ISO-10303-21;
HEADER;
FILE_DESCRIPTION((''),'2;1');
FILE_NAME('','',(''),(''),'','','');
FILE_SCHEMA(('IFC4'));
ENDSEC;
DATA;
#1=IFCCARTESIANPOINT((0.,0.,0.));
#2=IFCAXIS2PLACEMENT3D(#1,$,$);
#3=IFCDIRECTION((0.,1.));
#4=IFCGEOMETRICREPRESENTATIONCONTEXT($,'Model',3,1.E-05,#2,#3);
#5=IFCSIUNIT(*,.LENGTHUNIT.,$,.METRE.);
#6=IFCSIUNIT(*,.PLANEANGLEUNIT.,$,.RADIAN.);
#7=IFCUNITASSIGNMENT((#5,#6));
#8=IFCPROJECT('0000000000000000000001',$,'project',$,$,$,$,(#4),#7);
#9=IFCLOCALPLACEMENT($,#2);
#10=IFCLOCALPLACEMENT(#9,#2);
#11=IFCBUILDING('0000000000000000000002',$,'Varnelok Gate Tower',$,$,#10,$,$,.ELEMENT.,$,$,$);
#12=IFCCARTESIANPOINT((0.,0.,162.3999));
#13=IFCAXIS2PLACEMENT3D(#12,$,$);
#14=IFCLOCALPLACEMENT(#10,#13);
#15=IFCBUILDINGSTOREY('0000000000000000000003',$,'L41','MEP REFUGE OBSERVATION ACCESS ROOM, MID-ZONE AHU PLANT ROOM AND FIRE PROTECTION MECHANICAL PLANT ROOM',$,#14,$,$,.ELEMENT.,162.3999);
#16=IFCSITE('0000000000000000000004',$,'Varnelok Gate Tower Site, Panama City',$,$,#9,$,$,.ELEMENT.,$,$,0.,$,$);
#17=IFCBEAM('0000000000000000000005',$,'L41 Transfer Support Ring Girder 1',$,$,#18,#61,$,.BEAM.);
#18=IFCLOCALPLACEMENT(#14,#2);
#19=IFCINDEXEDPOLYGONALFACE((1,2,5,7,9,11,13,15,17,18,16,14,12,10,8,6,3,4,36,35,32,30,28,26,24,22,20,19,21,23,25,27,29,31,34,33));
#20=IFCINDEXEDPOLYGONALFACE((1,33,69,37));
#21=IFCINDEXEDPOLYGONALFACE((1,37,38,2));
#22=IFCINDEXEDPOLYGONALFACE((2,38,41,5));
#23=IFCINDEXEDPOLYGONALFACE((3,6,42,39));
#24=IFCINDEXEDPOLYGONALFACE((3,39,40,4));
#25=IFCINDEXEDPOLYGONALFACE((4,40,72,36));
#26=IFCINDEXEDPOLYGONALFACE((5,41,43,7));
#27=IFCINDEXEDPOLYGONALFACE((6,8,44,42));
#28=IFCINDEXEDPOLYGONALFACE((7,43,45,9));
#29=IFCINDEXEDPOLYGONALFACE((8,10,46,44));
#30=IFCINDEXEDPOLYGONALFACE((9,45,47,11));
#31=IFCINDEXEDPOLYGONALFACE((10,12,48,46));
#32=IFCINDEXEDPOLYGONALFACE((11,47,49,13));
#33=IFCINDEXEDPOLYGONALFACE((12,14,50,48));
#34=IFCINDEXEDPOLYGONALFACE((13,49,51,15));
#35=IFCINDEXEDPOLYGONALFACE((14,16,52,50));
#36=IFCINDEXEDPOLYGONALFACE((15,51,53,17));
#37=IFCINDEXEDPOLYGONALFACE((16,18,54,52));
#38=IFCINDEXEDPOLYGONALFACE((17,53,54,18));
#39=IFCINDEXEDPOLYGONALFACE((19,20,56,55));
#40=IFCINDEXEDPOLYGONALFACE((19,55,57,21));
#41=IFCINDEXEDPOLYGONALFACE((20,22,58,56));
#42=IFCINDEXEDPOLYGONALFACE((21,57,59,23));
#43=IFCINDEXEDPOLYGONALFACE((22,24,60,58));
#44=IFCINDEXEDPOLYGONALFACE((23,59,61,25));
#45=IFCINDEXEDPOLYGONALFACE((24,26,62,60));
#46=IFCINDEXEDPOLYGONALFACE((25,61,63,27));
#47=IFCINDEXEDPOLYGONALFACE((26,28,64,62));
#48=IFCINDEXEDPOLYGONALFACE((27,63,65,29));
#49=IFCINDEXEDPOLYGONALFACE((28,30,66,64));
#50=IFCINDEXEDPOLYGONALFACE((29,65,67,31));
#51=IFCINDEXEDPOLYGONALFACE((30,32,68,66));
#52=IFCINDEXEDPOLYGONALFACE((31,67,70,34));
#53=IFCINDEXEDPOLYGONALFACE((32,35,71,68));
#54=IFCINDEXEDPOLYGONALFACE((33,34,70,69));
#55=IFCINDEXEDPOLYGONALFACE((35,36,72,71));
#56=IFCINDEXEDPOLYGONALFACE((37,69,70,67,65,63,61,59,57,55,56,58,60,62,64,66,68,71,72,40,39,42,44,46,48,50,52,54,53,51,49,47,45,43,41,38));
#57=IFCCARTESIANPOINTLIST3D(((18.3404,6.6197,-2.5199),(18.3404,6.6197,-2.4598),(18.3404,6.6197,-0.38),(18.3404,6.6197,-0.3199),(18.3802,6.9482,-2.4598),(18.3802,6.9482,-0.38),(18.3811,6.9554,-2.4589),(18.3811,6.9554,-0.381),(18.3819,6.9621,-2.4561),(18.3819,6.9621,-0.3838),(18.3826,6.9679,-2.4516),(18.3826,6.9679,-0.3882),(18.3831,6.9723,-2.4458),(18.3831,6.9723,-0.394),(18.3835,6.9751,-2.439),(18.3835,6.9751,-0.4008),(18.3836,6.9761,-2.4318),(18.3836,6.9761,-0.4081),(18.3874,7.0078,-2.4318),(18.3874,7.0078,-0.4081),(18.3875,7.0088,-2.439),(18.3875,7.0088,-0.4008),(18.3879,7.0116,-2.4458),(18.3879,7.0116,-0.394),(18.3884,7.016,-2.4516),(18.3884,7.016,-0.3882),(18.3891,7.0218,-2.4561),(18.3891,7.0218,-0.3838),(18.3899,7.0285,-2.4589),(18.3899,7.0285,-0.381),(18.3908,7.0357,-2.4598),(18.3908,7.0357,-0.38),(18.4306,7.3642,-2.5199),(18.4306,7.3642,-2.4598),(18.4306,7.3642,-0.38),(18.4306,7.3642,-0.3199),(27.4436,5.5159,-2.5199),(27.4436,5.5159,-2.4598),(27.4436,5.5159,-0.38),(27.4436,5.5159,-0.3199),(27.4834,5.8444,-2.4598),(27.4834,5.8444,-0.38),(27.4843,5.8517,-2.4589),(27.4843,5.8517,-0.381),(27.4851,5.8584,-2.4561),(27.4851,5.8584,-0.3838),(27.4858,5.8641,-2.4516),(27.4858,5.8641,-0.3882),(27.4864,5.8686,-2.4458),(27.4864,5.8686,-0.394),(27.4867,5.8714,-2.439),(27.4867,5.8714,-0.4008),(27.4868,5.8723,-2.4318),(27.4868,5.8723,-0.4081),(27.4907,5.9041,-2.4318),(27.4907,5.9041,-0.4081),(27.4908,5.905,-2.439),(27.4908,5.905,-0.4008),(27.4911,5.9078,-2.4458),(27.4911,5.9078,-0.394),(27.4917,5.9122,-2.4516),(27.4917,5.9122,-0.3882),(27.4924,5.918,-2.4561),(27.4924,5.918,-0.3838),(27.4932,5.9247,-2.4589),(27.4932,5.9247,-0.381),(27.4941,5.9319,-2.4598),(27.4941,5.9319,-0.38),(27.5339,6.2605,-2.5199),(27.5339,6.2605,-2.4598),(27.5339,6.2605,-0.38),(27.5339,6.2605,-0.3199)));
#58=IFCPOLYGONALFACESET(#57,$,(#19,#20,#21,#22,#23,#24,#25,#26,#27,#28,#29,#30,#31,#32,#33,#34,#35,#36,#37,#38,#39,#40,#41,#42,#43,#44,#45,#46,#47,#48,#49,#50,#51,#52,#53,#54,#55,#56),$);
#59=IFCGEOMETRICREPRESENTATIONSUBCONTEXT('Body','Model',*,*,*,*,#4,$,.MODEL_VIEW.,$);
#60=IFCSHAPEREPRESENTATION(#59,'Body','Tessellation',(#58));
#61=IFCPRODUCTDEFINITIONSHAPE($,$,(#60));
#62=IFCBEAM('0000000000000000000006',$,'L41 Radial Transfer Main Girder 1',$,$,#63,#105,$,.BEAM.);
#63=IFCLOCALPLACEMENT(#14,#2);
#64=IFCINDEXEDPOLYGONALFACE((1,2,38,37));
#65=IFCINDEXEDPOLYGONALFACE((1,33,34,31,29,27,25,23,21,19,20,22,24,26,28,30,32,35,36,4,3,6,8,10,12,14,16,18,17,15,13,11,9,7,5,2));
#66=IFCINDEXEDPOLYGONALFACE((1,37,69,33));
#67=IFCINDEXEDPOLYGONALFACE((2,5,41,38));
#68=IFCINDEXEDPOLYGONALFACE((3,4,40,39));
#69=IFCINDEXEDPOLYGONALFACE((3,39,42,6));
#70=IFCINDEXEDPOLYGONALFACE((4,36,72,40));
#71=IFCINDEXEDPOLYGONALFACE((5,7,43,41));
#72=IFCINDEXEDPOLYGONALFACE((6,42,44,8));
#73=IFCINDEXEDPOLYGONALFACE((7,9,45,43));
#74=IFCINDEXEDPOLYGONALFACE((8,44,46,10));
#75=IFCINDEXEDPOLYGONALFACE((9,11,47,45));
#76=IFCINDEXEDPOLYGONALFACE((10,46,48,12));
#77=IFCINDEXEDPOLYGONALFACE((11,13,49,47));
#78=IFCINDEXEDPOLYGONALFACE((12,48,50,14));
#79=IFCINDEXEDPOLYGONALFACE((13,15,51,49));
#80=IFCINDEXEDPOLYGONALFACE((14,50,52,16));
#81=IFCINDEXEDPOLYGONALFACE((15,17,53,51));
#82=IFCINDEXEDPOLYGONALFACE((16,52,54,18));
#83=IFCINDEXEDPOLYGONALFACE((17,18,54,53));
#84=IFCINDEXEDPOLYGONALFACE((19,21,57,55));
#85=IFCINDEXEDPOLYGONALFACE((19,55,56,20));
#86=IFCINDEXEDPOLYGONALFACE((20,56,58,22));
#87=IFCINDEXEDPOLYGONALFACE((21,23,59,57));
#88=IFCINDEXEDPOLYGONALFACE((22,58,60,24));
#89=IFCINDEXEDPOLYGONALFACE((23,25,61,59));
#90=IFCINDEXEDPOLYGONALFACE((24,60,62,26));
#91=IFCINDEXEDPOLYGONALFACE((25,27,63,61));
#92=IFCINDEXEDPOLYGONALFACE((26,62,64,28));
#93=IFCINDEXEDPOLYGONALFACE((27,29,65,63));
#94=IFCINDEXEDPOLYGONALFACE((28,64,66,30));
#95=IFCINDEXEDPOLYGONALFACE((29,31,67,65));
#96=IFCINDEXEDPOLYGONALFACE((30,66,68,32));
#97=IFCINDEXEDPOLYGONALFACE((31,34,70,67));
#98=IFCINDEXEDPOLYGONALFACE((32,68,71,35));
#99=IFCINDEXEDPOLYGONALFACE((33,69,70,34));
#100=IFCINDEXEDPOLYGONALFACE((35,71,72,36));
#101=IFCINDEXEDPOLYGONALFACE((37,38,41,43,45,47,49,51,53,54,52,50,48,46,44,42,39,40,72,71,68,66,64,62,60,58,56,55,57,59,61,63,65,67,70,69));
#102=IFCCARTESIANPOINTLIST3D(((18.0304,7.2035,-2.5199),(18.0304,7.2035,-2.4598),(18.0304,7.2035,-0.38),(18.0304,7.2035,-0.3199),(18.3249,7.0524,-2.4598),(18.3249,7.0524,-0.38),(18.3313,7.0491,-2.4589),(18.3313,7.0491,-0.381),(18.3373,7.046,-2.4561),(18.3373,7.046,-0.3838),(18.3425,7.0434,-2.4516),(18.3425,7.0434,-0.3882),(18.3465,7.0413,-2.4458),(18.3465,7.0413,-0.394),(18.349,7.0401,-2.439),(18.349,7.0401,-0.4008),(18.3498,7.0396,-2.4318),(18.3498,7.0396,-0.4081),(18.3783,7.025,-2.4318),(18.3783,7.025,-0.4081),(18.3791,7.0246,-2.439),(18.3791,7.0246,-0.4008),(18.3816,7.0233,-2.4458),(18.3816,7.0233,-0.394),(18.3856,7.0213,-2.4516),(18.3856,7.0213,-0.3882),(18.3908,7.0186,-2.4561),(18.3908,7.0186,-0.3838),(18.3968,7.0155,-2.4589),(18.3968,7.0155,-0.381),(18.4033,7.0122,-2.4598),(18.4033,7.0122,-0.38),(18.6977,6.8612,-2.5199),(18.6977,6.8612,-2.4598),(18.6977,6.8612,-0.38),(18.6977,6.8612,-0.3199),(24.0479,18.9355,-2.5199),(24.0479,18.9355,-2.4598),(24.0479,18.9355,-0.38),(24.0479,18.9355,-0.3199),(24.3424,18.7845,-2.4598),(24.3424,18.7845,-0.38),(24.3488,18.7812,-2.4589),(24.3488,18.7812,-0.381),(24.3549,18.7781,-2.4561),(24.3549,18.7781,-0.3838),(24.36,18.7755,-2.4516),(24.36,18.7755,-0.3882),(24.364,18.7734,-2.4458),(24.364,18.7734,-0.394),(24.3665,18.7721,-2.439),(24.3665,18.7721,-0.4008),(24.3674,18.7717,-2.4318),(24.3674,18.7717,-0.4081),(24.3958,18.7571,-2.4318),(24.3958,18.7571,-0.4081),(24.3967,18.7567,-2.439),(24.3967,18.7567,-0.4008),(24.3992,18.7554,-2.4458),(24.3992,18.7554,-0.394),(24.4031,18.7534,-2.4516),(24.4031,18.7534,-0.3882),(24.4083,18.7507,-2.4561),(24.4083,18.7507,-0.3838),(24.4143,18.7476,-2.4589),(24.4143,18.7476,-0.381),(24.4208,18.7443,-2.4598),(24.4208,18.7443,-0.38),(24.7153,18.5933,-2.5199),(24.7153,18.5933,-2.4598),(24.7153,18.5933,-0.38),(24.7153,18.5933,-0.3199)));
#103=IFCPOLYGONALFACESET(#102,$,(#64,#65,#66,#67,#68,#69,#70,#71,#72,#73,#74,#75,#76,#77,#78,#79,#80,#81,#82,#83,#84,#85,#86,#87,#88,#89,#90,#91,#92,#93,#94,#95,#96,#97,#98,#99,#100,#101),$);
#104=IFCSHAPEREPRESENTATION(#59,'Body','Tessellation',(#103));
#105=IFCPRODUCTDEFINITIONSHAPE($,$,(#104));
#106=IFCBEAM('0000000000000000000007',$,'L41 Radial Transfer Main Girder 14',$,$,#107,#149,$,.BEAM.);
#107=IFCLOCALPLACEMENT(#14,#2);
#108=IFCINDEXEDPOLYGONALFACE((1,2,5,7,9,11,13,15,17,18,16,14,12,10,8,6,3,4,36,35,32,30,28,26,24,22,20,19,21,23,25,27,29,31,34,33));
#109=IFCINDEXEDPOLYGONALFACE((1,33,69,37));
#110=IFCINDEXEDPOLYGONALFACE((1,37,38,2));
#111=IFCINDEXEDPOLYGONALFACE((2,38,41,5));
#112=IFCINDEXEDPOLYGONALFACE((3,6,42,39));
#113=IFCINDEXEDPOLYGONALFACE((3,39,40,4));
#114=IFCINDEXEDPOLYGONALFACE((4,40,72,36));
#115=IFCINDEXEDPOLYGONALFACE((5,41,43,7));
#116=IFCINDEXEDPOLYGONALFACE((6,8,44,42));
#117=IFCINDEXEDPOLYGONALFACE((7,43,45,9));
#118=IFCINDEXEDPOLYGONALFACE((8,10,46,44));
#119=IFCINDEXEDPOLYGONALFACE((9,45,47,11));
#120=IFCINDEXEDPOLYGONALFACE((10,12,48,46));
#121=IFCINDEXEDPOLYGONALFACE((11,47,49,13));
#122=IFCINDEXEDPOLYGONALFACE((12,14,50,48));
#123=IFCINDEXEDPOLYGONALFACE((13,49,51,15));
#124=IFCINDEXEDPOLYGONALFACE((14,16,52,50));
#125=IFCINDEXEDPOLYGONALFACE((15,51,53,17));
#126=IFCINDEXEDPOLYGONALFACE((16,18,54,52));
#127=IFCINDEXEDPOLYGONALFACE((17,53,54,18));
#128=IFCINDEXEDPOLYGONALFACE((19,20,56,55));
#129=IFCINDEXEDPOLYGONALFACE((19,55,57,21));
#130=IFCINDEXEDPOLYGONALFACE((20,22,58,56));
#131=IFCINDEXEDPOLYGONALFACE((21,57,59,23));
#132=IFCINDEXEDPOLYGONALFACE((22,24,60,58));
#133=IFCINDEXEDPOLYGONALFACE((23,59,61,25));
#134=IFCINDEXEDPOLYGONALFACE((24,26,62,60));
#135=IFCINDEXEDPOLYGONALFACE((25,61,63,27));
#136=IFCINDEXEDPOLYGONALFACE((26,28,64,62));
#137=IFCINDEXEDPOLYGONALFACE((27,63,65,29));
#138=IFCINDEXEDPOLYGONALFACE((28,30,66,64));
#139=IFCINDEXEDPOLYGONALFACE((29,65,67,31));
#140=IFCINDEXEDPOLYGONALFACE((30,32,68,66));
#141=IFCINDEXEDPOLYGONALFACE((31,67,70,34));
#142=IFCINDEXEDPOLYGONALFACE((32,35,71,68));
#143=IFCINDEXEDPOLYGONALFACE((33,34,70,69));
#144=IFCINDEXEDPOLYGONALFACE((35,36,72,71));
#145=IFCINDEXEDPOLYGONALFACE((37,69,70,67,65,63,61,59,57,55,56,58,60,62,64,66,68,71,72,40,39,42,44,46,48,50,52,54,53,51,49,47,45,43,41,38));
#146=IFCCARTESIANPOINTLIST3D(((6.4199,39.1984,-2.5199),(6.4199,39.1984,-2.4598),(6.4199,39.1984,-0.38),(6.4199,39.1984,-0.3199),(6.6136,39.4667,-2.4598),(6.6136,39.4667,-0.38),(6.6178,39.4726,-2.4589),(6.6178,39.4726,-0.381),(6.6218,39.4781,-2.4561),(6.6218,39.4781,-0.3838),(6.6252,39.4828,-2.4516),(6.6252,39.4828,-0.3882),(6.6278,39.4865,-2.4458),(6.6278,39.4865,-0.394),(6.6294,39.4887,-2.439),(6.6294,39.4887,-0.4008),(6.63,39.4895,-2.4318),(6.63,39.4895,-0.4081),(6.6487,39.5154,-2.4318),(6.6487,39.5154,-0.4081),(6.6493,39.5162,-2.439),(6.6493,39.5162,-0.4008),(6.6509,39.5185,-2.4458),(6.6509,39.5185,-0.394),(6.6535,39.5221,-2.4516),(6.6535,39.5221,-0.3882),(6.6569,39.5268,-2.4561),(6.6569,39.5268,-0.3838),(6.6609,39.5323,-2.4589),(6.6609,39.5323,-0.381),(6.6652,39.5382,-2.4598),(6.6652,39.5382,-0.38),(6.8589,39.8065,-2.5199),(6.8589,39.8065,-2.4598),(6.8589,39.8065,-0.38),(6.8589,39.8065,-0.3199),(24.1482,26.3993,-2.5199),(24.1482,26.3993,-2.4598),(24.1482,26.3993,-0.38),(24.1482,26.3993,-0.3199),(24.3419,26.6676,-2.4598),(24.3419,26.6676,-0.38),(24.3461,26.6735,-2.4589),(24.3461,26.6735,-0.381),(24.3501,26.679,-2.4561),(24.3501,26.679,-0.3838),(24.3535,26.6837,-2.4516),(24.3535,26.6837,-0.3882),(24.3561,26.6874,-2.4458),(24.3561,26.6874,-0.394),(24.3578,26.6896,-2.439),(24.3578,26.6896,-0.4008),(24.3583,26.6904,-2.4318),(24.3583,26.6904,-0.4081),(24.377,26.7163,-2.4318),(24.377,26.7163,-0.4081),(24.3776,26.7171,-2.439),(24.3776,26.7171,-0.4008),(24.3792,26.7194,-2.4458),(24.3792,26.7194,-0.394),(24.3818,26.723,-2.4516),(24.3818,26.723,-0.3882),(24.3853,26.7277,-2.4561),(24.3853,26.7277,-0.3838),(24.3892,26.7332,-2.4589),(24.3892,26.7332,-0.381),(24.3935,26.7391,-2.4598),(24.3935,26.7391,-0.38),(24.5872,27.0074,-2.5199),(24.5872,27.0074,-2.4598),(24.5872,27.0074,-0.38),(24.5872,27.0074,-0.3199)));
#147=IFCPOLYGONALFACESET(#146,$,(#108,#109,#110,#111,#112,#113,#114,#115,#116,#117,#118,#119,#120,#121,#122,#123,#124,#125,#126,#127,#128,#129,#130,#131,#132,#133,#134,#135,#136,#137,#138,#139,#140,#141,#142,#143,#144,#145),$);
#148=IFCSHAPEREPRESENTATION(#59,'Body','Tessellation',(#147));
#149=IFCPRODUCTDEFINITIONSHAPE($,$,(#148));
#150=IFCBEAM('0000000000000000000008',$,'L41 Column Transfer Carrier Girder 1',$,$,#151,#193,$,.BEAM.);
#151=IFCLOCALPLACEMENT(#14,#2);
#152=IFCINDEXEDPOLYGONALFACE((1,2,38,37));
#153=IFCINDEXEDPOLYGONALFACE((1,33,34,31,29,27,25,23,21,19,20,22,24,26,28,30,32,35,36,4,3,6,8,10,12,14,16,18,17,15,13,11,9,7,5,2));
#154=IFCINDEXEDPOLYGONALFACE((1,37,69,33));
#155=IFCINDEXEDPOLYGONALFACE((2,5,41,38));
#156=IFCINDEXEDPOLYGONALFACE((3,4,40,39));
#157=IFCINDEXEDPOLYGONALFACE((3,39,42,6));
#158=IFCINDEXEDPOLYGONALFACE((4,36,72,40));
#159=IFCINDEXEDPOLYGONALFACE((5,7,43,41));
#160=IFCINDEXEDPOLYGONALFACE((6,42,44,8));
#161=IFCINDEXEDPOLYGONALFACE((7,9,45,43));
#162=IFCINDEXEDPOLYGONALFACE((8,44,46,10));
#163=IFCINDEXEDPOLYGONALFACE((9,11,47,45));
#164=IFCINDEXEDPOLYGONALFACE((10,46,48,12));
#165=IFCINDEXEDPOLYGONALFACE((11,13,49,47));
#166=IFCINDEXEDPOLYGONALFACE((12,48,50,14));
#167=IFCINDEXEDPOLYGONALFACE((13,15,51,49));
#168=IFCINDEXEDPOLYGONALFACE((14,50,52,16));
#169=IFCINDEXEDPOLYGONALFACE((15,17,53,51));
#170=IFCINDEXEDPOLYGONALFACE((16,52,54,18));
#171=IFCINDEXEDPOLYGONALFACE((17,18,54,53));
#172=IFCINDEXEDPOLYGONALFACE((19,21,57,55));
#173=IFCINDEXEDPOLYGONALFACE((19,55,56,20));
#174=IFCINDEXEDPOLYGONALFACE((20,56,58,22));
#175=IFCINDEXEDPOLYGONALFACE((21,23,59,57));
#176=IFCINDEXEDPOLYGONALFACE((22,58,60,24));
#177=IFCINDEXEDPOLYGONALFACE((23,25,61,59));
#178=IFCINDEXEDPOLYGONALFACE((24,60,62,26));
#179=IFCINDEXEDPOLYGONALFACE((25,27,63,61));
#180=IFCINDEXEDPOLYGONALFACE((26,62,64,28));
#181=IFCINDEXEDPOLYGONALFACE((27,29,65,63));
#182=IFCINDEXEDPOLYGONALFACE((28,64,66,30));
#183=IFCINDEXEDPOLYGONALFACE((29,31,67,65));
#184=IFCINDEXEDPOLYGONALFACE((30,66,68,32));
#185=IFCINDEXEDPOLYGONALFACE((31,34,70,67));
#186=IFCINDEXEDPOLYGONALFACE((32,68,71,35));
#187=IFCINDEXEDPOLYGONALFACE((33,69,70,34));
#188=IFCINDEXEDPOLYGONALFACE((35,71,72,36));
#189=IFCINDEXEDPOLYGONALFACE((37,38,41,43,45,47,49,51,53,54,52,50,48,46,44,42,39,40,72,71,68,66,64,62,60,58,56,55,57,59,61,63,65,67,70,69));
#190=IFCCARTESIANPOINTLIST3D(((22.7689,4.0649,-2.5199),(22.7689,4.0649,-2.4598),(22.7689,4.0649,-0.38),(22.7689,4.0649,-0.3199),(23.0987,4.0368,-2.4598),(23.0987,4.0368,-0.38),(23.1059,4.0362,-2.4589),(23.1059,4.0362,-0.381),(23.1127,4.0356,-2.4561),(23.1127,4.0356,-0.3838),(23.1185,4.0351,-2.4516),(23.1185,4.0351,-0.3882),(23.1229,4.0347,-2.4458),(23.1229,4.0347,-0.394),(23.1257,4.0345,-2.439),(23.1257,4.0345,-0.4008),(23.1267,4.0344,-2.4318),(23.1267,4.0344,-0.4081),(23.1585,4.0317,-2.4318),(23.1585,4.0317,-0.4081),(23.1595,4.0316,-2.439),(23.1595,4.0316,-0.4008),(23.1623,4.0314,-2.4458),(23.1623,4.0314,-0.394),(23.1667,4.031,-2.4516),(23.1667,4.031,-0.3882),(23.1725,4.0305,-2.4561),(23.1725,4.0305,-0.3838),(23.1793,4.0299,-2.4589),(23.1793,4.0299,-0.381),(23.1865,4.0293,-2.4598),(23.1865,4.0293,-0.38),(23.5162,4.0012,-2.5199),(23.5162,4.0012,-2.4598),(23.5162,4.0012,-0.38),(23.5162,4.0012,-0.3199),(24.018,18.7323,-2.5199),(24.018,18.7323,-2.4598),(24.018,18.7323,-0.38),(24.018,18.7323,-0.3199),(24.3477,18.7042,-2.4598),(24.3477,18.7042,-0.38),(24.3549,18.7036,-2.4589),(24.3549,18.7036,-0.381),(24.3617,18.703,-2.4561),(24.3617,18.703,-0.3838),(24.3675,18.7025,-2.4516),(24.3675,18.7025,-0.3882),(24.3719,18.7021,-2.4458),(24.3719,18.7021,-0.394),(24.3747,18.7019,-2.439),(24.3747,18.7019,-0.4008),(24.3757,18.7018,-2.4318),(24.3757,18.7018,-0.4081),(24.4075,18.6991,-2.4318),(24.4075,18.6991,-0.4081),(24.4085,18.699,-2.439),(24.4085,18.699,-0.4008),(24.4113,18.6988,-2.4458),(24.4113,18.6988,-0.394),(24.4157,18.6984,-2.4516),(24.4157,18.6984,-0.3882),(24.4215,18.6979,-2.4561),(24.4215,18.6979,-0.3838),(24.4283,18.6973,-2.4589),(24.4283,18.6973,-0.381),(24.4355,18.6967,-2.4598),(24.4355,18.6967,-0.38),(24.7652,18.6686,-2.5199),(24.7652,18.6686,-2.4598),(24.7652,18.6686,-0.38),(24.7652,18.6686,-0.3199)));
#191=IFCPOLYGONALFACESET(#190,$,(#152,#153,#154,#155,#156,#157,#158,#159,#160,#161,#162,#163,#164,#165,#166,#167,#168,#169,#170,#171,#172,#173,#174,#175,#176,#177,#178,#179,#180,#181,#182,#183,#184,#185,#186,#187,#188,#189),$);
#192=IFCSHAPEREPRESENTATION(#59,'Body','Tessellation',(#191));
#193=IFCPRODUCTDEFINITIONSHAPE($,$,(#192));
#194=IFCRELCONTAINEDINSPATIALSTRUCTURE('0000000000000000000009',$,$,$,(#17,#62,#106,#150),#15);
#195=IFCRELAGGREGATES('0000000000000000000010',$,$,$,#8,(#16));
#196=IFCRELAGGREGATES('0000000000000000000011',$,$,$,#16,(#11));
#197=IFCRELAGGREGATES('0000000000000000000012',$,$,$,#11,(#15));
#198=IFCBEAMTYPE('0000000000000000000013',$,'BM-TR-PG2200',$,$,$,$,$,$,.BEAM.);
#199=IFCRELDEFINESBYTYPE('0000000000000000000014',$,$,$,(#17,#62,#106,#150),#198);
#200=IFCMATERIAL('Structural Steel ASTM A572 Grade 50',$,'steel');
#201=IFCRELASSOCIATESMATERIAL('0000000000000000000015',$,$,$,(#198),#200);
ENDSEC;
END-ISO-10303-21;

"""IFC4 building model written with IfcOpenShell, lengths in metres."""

from ifc_helpers import new_model, si_unit, direction, frame, origin, origin_2d, place, context, subcontext, project, spatial, i_section, extrude, material, material_profile, profile_set, type_object, element, save


model = new_model("IFC4")

# Units and contexts
model_context = context("Model", 3, precision=1e-05, world=origin(), true_north=direction((0.0, 1.0)))
body_context = subcontext(model_context, "Body", "Model", "MODEL_VIEW")
ifc_project = project(units=[si_unit("LENGTHUNIT", "METRE"), si_unit("PLANEANGLEUNIT", "RADIAN")], contexts=[model_context])

# Site, building, storey
site_placement = place(None, origin())
site = spatial("IfcSite", under=ifc_project, at=site_placement, Name="Varnelok Gate Tower Site, Panama City", CompositionType="ELEMENT", RefElevation=0.0)
building_placement = place(site_placement, origin())
building = spatial("IfcBuilding", under=site, at=building_placement, Name="Varnelok Gate Tower", CompositionType="ELEMENT")
storey_placement = place(building_placement, frame((0.0, 0.0, 162.3999)))
storey = spatial("IfcBuildingStorey", under=building, at=storey_placement, Name="L41", Description="MEP REFUGE OBSERVATION ACCESS ROOM, MID-ZONE AHU PLANT ROOM AND FIRE PROTECTION MECHANICAL PLANT ROOM", CompositionType="ELEMENT", Elevation=162.3999)

# Beams
ifc_material_1 = material(Name="Structural Steel ASTM A572 Grade 50", Category="steel")
ifc_material_profile_1 = material_profile(ifc_material_1, i_section(OverallWidth=0.75, OverallDepth=2.2, WebThickness=0.032, FlangeThickness=0.0601, FilletRadius=0.0281, at=origin_2d()), Name="PG2200X750")
ifc_profile_set_1 = profile_set([ifc_material_profile_1], Name="Structural Steel ASTM A572 Grade 50")
beam_type_1 = type_object("IfcBeamType", Name="BM-TR-PG2200", PredefinedType="BEAM", material=ifc_profile_set_1)
beam_1_placement = place(storey_placement, frame((18.3855, 6.9919, -1.4199), z_axis=(0.992729, -0.120367, 0.0), x_axis=(0.120367, 0.992729, 0.0)))
element("IfcBeam", 1, at=beam_1_placement, inside=storey, type_object=beam_type_1, Name="L41 Transfer Support Ring Girder 1", PredefinedType="BEAM", context=body_context, shape_type="SweptSolid", body=[
    extrude(i_section(OverallWidth=0.75, OverallDepth=2.2, WebThickness=0.032, FlangeThickness=0.0601, FilletRadius=0.0281, at=origin_2d()), origin(), (0.0, 0.0, 1.0), 9.1699),
])
beam_2_placement = place(storey_placement, frame((24.3816, 18.7644, -1.4199), z_axis=(-0.456381, -0.889784, 0.0), x_axis=(0.889784, -0.456381, 0.0)))
element("IfcBeam", 2, at=beam_2_placement, inside=storey, type_object=beam_type_1, Name="L41 Radial Transfer Main Girder 1", PredefinedType="BEAM", context=body_context, shape_type="SweptSolid", body=[
    extrude(i_section(OverallWidth=0.75, OverallDepth=2.2, WebThickness=0.032, FlangeThickness=0.0601, FilletRadius=0.0281, at=origin_2d()), origin(), (0.0, 0.0, 1.0), 13.1853),
])
beam_3_placement = place(storey_placement, frame((24.3677, 26.7034, -1.4199), z_axis=(-0.810781, 0.58535, 0.0), x_axis=(-0.58535, -0.810781, 0.0)))
element("IfcBeam", 3, at=beam_3_placement, inside=storey, type_object=beam_type_1, Name="L41 Radial Transfer Main Girder 14", PredefinedType="BEAM", context=body_context, shape_type="SweptSolid", body=[
    extrude(i_section(OverallWidth=0.75, OverallDepth=2.2, WebThickness=0.032, FlangeThickness=0.0601, FilletRadius=0.0281, at=origin_2d()), origin(), (0.0, 0.0, 1.0), 21.8657),
])
beam_4_placement = place(storey_placement, frame((24.3916, 18.7004, -1.4199), z_axis=(-0.084849, -0.996394, 0.0), x_axis=(0.996394, -0.084849, 0.0)))
element("IfcBeam", 4, at=beam_4_placement, inside=storey, type_object=beam_type_1, Name="L41 Column Transfer Carrier Girder 1", PredefinedType="BEAM", context=body_context, shape_type="SweptSolid", body=[
    extrude(i_section(OverallWidth=0.75, OverallDepth=2.2, WebThickness=0.032, FlangeThickness=0.0601, FilletRadius=0.0281, at=origin_2d()), origin(), (0.0, 0.0, 1.0), 14.7205),
])

save(model, "model.ifc")
